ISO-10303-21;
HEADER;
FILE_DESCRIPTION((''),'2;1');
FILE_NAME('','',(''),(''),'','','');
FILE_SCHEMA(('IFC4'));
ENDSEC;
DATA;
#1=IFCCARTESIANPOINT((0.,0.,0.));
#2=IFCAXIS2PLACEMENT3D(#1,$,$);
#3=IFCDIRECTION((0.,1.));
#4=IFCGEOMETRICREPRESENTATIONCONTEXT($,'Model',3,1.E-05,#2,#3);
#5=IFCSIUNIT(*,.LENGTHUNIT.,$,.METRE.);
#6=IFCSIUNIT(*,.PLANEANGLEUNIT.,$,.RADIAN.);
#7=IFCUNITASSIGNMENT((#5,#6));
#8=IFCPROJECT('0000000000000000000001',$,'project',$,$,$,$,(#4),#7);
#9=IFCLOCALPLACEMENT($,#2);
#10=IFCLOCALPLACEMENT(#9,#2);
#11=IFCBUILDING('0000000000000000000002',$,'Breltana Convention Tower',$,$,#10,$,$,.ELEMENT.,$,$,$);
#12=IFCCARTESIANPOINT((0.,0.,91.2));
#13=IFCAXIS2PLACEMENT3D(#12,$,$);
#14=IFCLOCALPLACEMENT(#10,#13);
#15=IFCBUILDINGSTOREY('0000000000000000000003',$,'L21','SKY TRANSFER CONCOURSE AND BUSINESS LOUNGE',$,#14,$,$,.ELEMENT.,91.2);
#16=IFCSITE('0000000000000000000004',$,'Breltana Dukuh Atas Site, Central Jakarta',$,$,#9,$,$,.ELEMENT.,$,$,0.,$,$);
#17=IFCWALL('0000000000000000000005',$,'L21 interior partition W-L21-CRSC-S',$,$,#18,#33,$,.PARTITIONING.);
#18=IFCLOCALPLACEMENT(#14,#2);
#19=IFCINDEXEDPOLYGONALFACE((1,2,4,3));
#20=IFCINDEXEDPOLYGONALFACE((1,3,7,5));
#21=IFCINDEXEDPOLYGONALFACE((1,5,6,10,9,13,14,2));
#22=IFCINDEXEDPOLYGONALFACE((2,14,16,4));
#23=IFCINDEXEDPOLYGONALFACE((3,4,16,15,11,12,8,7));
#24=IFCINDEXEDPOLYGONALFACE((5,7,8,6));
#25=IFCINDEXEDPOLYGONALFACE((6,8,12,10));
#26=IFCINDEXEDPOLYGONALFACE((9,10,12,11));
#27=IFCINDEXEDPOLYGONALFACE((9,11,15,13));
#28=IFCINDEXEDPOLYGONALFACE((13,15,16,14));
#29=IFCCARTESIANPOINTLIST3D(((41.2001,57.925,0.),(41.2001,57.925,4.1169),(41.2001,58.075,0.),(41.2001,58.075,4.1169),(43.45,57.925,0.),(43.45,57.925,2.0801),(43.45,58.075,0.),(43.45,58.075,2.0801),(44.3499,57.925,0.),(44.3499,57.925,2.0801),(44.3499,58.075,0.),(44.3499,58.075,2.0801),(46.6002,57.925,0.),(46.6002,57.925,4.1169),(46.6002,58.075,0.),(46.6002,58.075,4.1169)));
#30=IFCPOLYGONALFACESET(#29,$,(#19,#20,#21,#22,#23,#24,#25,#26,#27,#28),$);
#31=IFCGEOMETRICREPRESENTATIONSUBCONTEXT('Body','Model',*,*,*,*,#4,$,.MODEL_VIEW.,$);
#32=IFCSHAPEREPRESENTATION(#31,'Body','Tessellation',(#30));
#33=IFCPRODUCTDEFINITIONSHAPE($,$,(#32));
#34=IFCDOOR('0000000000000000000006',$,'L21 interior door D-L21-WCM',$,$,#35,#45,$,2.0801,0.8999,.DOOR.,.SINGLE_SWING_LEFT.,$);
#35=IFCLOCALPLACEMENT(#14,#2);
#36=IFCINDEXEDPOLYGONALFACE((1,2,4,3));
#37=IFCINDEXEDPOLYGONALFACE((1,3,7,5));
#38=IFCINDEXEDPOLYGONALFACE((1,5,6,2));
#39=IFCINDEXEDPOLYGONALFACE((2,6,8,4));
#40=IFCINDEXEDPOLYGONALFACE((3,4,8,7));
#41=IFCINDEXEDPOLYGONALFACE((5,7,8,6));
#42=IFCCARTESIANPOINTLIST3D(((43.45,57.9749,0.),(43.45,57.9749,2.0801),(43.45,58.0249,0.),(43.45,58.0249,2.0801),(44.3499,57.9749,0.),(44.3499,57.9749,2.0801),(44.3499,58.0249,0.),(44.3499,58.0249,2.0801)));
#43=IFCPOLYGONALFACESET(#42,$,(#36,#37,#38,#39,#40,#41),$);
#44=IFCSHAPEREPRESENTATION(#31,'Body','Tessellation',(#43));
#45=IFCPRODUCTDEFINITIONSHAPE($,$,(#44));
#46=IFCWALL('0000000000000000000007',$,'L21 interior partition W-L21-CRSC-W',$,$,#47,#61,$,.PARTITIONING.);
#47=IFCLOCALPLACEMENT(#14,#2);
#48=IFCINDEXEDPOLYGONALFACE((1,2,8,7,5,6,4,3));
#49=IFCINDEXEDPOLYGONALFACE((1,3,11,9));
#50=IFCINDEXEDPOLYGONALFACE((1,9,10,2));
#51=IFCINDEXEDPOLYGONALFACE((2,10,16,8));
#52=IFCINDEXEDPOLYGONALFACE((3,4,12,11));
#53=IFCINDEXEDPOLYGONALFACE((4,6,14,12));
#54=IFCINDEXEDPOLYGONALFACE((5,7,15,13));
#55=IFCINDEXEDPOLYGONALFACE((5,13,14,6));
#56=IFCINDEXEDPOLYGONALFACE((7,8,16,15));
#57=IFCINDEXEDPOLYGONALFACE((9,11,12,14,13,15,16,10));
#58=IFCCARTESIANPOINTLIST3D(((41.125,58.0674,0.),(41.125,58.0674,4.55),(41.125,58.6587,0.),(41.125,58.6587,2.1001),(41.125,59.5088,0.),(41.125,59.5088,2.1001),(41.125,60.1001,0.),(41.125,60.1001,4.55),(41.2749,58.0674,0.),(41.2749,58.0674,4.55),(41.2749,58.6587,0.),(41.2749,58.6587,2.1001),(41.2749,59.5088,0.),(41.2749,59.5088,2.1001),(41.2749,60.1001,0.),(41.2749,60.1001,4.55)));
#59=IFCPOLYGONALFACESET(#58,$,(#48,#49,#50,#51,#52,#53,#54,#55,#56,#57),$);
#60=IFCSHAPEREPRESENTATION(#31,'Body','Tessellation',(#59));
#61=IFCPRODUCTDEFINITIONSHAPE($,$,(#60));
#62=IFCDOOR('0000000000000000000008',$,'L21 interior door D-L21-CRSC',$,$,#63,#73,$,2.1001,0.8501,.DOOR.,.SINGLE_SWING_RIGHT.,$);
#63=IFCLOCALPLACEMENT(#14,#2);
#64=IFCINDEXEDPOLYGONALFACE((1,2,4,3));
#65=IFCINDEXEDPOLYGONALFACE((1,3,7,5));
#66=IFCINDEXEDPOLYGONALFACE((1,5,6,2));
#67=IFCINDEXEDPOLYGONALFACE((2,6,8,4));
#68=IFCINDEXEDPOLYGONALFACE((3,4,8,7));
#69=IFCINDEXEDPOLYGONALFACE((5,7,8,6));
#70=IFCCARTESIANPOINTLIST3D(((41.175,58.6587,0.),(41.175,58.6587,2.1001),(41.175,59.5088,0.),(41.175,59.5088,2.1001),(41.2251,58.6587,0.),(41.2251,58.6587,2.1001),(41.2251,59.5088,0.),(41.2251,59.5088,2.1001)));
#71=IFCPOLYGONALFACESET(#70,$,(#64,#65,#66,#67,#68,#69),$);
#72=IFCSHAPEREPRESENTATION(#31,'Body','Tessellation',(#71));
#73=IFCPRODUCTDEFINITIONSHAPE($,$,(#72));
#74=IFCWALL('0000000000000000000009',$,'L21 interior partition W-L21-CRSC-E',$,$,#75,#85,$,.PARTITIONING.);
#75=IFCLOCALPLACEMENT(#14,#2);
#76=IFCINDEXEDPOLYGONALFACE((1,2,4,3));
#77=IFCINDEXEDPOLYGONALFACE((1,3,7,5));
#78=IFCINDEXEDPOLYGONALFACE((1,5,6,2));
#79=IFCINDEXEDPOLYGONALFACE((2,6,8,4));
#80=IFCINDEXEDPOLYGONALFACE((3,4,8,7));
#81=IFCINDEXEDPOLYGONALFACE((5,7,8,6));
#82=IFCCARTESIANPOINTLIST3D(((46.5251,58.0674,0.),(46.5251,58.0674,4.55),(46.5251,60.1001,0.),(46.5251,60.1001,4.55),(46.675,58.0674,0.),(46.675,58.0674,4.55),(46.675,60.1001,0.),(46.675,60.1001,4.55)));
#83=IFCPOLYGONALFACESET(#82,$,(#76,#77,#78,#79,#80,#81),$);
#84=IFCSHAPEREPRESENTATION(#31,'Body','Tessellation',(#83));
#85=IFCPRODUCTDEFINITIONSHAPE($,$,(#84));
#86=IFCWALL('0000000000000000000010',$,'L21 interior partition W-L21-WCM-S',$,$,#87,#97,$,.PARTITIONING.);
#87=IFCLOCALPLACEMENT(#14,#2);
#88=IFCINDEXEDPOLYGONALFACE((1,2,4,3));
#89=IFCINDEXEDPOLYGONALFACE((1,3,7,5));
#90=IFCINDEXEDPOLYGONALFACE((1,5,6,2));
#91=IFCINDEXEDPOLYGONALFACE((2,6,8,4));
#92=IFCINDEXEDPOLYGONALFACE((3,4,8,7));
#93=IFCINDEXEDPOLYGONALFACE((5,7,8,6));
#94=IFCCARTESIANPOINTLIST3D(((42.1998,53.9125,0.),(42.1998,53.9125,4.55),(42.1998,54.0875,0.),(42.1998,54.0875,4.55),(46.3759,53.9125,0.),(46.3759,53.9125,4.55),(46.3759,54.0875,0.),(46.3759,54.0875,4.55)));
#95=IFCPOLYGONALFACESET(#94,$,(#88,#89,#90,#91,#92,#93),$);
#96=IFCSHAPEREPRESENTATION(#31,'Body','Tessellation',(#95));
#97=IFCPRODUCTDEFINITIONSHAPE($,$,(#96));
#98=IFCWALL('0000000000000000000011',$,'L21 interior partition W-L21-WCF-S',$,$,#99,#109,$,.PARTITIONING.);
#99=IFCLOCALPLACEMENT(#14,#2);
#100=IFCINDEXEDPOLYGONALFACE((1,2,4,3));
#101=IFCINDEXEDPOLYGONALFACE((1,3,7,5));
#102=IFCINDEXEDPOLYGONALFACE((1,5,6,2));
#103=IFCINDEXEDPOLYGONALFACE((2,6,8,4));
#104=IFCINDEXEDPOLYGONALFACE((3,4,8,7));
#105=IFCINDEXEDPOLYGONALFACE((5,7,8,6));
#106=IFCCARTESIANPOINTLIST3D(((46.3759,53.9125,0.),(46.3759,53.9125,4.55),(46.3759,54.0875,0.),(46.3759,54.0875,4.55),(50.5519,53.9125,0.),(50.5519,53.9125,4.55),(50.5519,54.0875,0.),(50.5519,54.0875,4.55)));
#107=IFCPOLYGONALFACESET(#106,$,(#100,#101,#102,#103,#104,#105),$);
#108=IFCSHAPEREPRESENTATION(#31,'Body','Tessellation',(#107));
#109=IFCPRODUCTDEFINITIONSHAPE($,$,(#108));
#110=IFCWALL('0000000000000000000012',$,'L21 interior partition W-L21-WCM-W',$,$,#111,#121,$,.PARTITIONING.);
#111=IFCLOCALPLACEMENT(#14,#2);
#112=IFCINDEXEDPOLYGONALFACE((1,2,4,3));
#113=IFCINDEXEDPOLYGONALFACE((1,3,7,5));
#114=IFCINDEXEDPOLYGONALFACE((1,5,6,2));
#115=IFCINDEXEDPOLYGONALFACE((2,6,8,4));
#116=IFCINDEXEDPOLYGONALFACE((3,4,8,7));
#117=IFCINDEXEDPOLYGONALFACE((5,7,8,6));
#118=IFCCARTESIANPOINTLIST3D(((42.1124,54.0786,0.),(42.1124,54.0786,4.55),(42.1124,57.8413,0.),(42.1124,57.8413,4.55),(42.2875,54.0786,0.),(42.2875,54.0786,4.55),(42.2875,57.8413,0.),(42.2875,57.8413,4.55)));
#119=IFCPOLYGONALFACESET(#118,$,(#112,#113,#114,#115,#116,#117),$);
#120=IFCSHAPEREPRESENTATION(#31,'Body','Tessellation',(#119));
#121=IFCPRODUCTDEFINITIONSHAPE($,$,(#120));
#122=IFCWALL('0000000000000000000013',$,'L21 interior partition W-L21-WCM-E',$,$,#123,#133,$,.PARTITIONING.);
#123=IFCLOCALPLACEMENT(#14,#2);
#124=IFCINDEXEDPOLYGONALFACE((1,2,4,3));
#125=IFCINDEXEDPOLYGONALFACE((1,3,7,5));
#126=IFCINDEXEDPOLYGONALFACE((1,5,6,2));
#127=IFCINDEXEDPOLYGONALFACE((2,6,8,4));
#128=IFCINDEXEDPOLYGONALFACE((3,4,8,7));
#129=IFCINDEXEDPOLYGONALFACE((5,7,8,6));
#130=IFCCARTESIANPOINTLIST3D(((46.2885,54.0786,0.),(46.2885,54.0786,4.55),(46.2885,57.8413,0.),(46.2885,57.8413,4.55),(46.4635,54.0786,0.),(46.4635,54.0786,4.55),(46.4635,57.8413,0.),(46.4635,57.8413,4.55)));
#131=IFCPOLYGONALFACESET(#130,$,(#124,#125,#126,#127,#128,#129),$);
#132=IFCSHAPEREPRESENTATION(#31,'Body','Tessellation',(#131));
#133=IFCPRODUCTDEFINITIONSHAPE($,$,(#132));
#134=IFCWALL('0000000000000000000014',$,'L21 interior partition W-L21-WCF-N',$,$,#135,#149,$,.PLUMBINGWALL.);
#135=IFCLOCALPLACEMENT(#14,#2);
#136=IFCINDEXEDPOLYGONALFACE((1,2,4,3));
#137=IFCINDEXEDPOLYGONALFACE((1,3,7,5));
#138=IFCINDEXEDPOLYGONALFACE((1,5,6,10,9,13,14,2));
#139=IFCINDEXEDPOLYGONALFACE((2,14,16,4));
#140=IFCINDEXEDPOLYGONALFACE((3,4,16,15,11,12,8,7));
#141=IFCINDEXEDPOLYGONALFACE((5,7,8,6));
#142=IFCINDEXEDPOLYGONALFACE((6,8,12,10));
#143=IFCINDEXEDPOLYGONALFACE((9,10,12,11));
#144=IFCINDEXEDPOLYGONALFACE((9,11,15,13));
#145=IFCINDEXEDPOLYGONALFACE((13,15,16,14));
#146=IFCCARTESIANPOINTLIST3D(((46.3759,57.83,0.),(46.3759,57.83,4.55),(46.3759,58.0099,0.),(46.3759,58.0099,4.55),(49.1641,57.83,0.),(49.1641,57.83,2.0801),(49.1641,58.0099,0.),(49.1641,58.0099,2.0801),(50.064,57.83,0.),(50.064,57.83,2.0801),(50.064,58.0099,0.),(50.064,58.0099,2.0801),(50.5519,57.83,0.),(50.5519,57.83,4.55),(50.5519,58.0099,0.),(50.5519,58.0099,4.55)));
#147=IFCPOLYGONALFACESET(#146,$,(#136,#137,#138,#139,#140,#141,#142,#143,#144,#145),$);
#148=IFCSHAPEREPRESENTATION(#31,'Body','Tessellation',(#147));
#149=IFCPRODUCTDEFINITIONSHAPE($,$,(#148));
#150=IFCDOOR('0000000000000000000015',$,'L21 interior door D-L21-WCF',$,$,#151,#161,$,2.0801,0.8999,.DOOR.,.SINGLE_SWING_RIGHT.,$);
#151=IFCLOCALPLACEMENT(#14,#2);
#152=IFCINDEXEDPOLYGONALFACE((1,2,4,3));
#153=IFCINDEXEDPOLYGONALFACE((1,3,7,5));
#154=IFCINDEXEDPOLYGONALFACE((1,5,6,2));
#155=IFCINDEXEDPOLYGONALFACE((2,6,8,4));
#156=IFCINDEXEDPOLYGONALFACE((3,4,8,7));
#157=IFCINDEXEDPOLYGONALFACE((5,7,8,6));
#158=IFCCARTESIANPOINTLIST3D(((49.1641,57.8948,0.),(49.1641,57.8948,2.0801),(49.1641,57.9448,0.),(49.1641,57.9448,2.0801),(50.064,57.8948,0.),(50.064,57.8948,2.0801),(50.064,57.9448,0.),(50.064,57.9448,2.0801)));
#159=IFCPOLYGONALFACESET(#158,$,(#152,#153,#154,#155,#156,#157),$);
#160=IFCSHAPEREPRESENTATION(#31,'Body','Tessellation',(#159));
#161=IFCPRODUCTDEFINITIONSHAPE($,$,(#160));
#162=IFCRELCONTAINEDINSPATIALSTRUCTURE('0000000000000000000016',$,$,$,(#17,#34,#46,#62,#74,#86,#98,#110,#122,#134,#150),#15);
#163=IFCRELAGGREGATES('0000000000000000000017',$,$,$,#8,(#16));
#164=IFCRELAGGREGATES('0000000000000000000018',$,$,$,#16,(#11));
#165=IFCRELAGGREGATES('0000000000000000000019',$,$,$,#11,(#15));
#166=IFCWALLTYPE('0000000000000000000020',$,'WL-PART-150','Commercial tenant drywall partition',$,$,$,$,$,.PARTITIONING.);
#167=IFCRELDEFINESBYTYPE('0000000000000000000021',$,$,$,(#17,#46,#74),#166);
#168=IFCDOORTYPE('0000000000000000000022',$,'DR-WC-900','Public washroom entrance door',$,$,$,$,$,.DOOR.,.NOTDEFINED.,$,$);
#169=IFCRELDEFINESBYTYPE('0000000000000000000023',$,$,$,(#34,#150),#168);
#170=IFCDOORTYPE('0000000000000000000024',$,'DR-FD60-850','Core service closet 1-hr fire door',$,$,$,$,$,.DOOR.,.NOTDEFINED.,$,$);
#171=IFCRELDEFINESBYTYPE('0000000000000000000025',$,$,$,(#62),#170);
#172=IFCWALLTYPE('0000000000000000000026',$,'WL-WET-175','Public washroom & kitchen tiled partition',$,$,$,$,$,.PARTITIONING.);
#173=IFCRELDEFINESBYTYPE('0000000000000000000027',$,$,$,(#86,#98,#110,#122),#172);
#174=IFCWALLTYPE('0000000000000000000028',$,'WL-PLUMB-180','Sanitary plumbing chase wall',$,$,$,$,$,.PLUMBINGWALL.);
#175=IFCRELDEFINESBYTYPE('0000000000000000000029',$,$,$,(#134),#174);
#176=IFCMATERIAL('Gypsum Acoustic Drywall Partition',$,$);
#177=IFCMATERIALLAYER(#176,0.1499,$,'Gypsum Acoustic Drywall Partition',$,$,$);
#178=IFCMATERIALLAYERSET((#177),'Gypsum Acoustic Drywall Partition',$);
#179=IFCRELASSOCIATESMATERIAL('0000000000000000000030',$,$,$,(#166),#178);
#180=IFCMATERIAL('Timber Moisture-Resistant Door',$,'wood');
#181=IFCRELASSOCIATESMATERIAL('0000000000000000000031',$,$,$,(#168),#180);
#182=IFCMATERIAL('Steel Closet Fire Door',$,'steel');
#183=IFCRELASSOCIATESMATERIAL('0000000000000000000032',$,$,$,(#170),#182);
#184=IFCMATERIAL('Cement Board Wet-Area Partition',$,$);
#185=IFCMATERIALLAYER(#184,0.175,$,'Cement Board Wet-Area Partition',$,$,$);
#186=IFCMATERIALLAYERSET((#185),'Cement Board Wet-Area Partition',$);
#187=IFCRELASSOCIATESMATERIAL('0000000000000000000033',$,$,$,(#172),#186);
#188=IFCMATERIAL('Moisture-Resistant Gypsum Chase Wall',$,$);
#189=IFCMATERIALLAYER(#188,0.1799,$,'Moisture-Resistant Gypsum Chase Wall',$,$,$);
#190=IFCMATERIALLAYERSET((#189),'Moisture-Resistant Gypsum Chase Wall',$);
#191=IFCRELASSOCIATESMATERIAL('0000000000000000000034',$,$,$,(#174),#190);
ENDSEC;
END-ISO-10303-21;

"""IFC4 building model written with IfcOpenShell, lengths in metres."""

from ifc_helpers import new_model, si_unit, direction, frame, frame_2d, origin, place, context, subcontext, project, spatial, rectangle, extrude, source, transform, mapped, material, layer, layer_set, type_object, type_shapes, element, fill, save


model = new_model("IFC4")

# Units and contexts
model_context = context("Model", 3, precision=1e-05, world=origin(), true_north=direction((0.0, 1.0)))
body_context = subcontext(model_context, "Body", "Model", "MODEL_VIEW")
ifc_project = project(units=[si_unit("LENGTHUNIT", "METRE"), si_unit("PLANEANGLEUNIT", "RADIAN")], contexts=[model_context])

# Site, building, storey
site_placement = place(None, origin())
site = spatial("IfcSite", under=ifc_project, at=site_placement, Name="Breltana Dukuh Atas Site, Central Jakarta", CompositionType="ELEMENT", RefElevation=0.0)
building_placement = place(site_placement, origin())
building = spatial("IfcBuilding", under=site, at=building_placement, Name="Breltana Convention Tower", CompositionType="ELEMENT")
storey_placement = place(building_placement, frame((0.0, 0.0, 91.2)))
storey = spatial("IfcBuildingStorey", under=building, at=storey_placement, Name="L21", Description="SKY TRANSFER CONCOURSE AND BUSINESS LOUNGE", CompositionType="ELEMENT", Elevation=91.2)

# Walls, openings, doors
ifc_material_1 = material(Name="Gypsum Acoustic Drywall Partition")
ifc_layer_1 = layer(ifc_material_1, 0.1499, Name="Gypsum Acoustic Drywall Partition")
ifc_layer_set_1 = layer_set([ifc_layer_1], Name="Gypsum Acoustic Drywall Partition")
wall_type_1 = type_object("IfcWallType", Name="WL-PART-150", Description="Commercial tenant drywall partition", PredefinedType="PARTITIONING", material=ifc_layer_set_1)
shared_shape_1 = source(origin(), body_context, "Body", "SweptSolid", [
    extrude(rectangle(XDim=5.4001, YDim=0.1499, at=frame_2d((2.7002, 0.0))), origin(), (0.0, 0.0, 1.0), 4.1169),
])
wall_1_placement = place(storey_placement, frame((41.2, 58.0, 0.0), z_axis=(0.0, 0.0, 1.0), x_axis=(1.0, 0.0, 0.0)))
wall_1 = element("IfcWall", 1, at=wall_1_placement, inside=storey, type_object=wall_type_1, Name="L21 interior partition W-L21-CRSC-S", PredefinedType="PARTITIONING", context=body_context, shape_type="MappedRepresentation", body=[
    mapped(shared_shape_1, transform((0.0, 0.0, 0.0), scale=1.0)),
])
opening_1_placement = place(wall_1_placement, frame((2.25, 0.0, 0.0)))
opening_1 = element("IfcOpeningElement", 2, at=opening_1_placement, cuts=wall_1, PredefinedType="OPENING", context=body_context, shape_type="SweptSolid", body=[
    extrude(rectangle(XDim=0.8999, YDim=2.0801, at=frame_2d((0.45, 1.04))), frame((0.0, 0.085, 0.0), z_axis=(0.0, -1.0, 0.0), x_axis=(1.0, 0.0, 0.0)), (0.0, 0.0, 1.0), 0.1699),
])
ifc_material_2 = material(Name="Timber Moisture-Resistant Door", Category="wood")
door_type_1 = type_object("IfcDoorType", Name="DR-WC-900", Description="Public washroom entrance door", OperationType="NOTDEFINED", PredefinedType="DOOR", material=ifc_material_2)
shared_shape_2 = source(origin(), body_context, "Body", "SweptSolid", [
    extrude(rectangle(XDim=0.8999, YDim=2.0801, at=frame_2d((0.45, 1.04))), frame((0.0, 0.0249, 0.0), z_axis=(0.0, -1.0, 0.0), x_axis=(1.0, 0.0, 0.0)), (0.0, 0.0, 1.0), 0.05),
])
type_shapes(door_type_1, [shared_shape_2])
door_1_placement = place(opening_1_placement, origin())
door_1 = element("IfcDoor", 3, at=door_1_placement, inside=storey, type_object=door_type_1, Name="L21 interior door D-L21-WCM", OperationType="SINGLE_SWING_LEFT", OverallHeight=2.0801, OverallWidth=0.8999, PredefinedType="DOOR", context=body_context, shape_type="MappedRepresentation", body=[
    mapped(shared_shape_2, transform((0.0, 0.0, 0.0), scale=1.0)),
])
fill(opening_1, door_1)
shared_shape_3 = source(origin(), body_context, "Body", "SweptSolid", [
    extrude(rectangle(XDim=2.0327, YDim=0.1499, at=frame_2d((1.0164, 0.0))), origin(), (0.0, 0.0, 1.0), 4.55),
])
wall_2_placement = place(storey_placement, frame((41.2, 58.0674, 0.0), z_axis=(0.0, 0.0, 1.0), x_axis=(0.0, 1.0, 0.0)))
wall_2 = element("IfcWall", 4, at=wall_2_placement, inside=storey, type_object=wall_type_1, Name="L21 interior partition W-L21-CRSC-W", PredefinedType="PARTITIONING", context=body_context, shape_type="MappedRepresentation", body=[
    mapped(shared_shape_3, transform((0.0, 0.0, 0.0), scale=1.0)),
])
opening_2_placement = place(wall_2_placement, frame((0.5913, 0.0, 0.0)))
opening_2 = element("IfcOpeningElement", 5, at=opening_2_placement, cuts=wall_2, PredefinedType="OPENING", context=body_context, shape_type="SweptSolid", body=[
    extrude(rectangle(XDim=0.8501, YDim=2.1001, at=frame_2d((0.425, 1.05))), frame((0.0, 0.085, 0.0), z_axis=(0.0, -1.0, 0.0), x_axis=(1.0, 0.0, 0.0)), (0.0, 0.0, 1.0), 0.1699),
])
ifc_material_3 = material(Name="Steel Closet Fire Door", Category="steel")
door_type_2 = type_object("IfcDoorType", Name="DR-FD60-850", Description="Core service closet 1-hr fire door", OperationType="NOTDEFINED", PredefinedType="DOOR", material=ifc_material_3)
shared_shape_4 = source(origin(), body_context, "Body", "SweptSolid", [
    extrude(rectangle(XDim=0.8501, YDim=2.1001, at=frame_2d((0.425, 1.05))), frame((0.0, 0.0249, 0.0), z_axis=(0.0, -1.0, 0.0), x_axis=(1.0, 0.0, 0.0)), (0.0, 0.0, 1.0), 0.05),
])
type_shapes(door_type_2, [shared_shape_4])
door_2_placement = place(opening_2_placement, origin())
door_2 = element("IfcDoor", 6, at=door_2_placement, inside=storey, type_object=door_type_2, Name="L21 interior door D-L21-CRSC", OperationType="SINGLE_SWING_RIGHT", OverallHeight=2.1001, OverallWidth=0.8501, PredefinedType="DOOR", context=body_context, shape_type="MappedRepresentation", body=[
    mapped(shared_shape_4, transform((0.0, 0.0, 0.0), scale=1.0)),
])
fill(opening_2, door_2)

# Walls
wall_3_placement = place(storey_placement, frame((46.6001, 58.0674, 0.0), z_axis=(0.0, 0.0, 1.0), x_axis=(0.0, 1.0, 0.0)))
element("IfcWall", 7, at=wall_3_placement, inside=storey, type_object=wall_type_1, Name="L21 interior partition W-L21-CRSC-E", PredefinedType="PARTITIONING", context=body_context, shape_type="MappedRepresentation", body=[
    mapped(shared_shape_3, transform((0.0, 0.0, 0.0), scale=1.0)),
])
ifc_material_4 = material(Name="Cement Board Wet-Area Partition")
ifc_layer_2 = layer(ifc_material_4, 0.175, Name="Cement Board Wet-Area Partition")
ifc_layer_set_2 = layer_set([ifc_layer_2], Name="Cement Board Wet-Area Partition")
wall_type_2 = type_object("IfcWallType", Name="WL-WET-175", Description="Public washroom & kitchen tiled partition", PredefinedType="PARTITIONING", material=ifc_layer_set_2)
shared_shape_5 = source(origin(), body_context, "Body", "SweptSolid", [
    extrude(rectangle(XDim=4.176, YDim=0.175, at=frame_2d((2.0879, 0.0))), origin(), (0.0, 0.0, 1.0), 4.55),
])
for number, where, z_axis, x_axis, name in (
    (8, (42.2, 54.0, 0.0), (0.0, 0.0, 1.0), (1.0, 0.0, 0.0), "L21 interior partition W-L21-WCM-S"),
    (9, (46.376, 54.0, 0.0), (0.0, 0.0, 1.0), (1.0, 0.0, 0.0), "L21 interior partition W-L21-WCF-S"),
):
    element("IfcWall", number, at=place(storey_placement, frame(where, z_axis=z_axis, x_axis=x_axis)), inside=storey, type_object=wall_type_2, Name=name, PredefinedType="PARTITIONING", context=body_context, shape_type="MappedRepresentation", body=[
        mapped(shared_shape_5, transform((0.0, 0.0, 0.0), scale=1.0)),
    ])
shared_shape_6 = source(origin(), body_context, "Body", "SweptSolid", [
    extrude(rectangle(XDim=3.7627, YDim=0.175, at=frame_2d((1.8813, 0.0))), origin(), (0.0, 0.0, 1.0), 4.55),
])
for number, where, z_axis, x_axis, name in (
    (10, (42.2, 54.0786, 0.0), (0.0, 0.0, 1.0), (0.0, 1.0, 0.0), "L21 interior partition W-L21-WCM-W"),
    (11, (46.376, 54.0786, 0.0), (0.0, 0.0, 1.0), (0.0, 1.0, 0.0), "L21 interior partition W-L21-WCM-E"),
):
    element("IfcWall", number, at=place(storey_placement, frame(where, z_axis=z_axis, x_axis=x_axis)), inside=storey, type_object=wall_type_2, Name=name, PredefinedType="PARTITIONING", context=body_context, shape_type="MappedRepresentation", body=[
        mapped(shared_shape_6, transform((0.0, 0.0, 0.0), scale=1.0)),
    ])

# Wall, opening, door
ifc_material_5 = material(Name="Moisture-Resistant Gypsum Chase Wall")
ifc_layer_3 = layer(ifc_material_5, 0.1799, Name="Moisture-Resistant Gypsum Chase Wall")
ifc_layer_set_3 = layer_set([ifc_layer_3], Name="Moisture-Resistant Gypsum Chase Wall")
wall_type_3 = type_object("IfcWallType", Name="WL-PLUMB-180", Description="Sanitary plumbing chase wall", PredefinedType="PLUMBINGWALL", material=ifc_layer_set_3)
shared_shape_7 = source(origin(), body_context, "Body", "SweptSolid", [
    extrude(rectangle(XDim=4.176, YDim=0.1799, at=frame_2d((2.0879, 0.0))), origin(), (0.0, 0.0, 1.0), 4.55),
])
wall_4_placement = place(storey_placement, frame((46.376, 57.9199, 0.0), z_axis=(0.0, 0.0, 1.0), x_axis=(1.0, 0.0, 0.0)))
wall_4 = element("IfcWall", 12, at=wall_4_placement, inside=storey, type_object=wall_type_3, Name="L21 interior partition W-L21-WCF-N", PredefinedType="PLUMBINGWALL", context=body_context, shape_type="MappedRepresentation", body=[
    mapped(shared_shape_7, transform((0.0, 0.0, 0.0), scale=1.0)),
])
opening_3_placement = place(wall_4_placement, frame((2.7881, 0.0, 0.0)))
opening_3 = element("IfcOpeningElement", 13, at=opening_3_placement, cuts=wall_4, PredefinedType="OPENING", context=body_context, shape_type="SweptSolid", body=[
    extrude(rectangle(XDim=0.8999, YDim=2.0801, at=frame_2d((0.45, 1.04))), frame((0.0, 0.1001, 0.0), z_axis=(0.0, -1.0, 0.0), x_axis=(1.0, 0.0, 0.0)), (0.0, 0.0, 1.0), 0.2),
])
door_3_placement = place(opening_3_placement, origin())
door_3 = element("IfcDoor", 14, at=door_3_placement, inside=storey, type_object=door_type_1, Name="L21 interior door D-L21-WCF", OperationType="SINGLE_SWING_RIGHT", OverallHeight=2.0801, OverallWidth=0.8999, PredefinedType="DOOR", context=body_context, shape_type="MappedRepresentation", body=[
    mapped(shared_shape_2, transform((0.0, 0.0, 0.0), scale=1.0)),
])
fill(opening_3, door_3)

save(model, "model.ifc")
